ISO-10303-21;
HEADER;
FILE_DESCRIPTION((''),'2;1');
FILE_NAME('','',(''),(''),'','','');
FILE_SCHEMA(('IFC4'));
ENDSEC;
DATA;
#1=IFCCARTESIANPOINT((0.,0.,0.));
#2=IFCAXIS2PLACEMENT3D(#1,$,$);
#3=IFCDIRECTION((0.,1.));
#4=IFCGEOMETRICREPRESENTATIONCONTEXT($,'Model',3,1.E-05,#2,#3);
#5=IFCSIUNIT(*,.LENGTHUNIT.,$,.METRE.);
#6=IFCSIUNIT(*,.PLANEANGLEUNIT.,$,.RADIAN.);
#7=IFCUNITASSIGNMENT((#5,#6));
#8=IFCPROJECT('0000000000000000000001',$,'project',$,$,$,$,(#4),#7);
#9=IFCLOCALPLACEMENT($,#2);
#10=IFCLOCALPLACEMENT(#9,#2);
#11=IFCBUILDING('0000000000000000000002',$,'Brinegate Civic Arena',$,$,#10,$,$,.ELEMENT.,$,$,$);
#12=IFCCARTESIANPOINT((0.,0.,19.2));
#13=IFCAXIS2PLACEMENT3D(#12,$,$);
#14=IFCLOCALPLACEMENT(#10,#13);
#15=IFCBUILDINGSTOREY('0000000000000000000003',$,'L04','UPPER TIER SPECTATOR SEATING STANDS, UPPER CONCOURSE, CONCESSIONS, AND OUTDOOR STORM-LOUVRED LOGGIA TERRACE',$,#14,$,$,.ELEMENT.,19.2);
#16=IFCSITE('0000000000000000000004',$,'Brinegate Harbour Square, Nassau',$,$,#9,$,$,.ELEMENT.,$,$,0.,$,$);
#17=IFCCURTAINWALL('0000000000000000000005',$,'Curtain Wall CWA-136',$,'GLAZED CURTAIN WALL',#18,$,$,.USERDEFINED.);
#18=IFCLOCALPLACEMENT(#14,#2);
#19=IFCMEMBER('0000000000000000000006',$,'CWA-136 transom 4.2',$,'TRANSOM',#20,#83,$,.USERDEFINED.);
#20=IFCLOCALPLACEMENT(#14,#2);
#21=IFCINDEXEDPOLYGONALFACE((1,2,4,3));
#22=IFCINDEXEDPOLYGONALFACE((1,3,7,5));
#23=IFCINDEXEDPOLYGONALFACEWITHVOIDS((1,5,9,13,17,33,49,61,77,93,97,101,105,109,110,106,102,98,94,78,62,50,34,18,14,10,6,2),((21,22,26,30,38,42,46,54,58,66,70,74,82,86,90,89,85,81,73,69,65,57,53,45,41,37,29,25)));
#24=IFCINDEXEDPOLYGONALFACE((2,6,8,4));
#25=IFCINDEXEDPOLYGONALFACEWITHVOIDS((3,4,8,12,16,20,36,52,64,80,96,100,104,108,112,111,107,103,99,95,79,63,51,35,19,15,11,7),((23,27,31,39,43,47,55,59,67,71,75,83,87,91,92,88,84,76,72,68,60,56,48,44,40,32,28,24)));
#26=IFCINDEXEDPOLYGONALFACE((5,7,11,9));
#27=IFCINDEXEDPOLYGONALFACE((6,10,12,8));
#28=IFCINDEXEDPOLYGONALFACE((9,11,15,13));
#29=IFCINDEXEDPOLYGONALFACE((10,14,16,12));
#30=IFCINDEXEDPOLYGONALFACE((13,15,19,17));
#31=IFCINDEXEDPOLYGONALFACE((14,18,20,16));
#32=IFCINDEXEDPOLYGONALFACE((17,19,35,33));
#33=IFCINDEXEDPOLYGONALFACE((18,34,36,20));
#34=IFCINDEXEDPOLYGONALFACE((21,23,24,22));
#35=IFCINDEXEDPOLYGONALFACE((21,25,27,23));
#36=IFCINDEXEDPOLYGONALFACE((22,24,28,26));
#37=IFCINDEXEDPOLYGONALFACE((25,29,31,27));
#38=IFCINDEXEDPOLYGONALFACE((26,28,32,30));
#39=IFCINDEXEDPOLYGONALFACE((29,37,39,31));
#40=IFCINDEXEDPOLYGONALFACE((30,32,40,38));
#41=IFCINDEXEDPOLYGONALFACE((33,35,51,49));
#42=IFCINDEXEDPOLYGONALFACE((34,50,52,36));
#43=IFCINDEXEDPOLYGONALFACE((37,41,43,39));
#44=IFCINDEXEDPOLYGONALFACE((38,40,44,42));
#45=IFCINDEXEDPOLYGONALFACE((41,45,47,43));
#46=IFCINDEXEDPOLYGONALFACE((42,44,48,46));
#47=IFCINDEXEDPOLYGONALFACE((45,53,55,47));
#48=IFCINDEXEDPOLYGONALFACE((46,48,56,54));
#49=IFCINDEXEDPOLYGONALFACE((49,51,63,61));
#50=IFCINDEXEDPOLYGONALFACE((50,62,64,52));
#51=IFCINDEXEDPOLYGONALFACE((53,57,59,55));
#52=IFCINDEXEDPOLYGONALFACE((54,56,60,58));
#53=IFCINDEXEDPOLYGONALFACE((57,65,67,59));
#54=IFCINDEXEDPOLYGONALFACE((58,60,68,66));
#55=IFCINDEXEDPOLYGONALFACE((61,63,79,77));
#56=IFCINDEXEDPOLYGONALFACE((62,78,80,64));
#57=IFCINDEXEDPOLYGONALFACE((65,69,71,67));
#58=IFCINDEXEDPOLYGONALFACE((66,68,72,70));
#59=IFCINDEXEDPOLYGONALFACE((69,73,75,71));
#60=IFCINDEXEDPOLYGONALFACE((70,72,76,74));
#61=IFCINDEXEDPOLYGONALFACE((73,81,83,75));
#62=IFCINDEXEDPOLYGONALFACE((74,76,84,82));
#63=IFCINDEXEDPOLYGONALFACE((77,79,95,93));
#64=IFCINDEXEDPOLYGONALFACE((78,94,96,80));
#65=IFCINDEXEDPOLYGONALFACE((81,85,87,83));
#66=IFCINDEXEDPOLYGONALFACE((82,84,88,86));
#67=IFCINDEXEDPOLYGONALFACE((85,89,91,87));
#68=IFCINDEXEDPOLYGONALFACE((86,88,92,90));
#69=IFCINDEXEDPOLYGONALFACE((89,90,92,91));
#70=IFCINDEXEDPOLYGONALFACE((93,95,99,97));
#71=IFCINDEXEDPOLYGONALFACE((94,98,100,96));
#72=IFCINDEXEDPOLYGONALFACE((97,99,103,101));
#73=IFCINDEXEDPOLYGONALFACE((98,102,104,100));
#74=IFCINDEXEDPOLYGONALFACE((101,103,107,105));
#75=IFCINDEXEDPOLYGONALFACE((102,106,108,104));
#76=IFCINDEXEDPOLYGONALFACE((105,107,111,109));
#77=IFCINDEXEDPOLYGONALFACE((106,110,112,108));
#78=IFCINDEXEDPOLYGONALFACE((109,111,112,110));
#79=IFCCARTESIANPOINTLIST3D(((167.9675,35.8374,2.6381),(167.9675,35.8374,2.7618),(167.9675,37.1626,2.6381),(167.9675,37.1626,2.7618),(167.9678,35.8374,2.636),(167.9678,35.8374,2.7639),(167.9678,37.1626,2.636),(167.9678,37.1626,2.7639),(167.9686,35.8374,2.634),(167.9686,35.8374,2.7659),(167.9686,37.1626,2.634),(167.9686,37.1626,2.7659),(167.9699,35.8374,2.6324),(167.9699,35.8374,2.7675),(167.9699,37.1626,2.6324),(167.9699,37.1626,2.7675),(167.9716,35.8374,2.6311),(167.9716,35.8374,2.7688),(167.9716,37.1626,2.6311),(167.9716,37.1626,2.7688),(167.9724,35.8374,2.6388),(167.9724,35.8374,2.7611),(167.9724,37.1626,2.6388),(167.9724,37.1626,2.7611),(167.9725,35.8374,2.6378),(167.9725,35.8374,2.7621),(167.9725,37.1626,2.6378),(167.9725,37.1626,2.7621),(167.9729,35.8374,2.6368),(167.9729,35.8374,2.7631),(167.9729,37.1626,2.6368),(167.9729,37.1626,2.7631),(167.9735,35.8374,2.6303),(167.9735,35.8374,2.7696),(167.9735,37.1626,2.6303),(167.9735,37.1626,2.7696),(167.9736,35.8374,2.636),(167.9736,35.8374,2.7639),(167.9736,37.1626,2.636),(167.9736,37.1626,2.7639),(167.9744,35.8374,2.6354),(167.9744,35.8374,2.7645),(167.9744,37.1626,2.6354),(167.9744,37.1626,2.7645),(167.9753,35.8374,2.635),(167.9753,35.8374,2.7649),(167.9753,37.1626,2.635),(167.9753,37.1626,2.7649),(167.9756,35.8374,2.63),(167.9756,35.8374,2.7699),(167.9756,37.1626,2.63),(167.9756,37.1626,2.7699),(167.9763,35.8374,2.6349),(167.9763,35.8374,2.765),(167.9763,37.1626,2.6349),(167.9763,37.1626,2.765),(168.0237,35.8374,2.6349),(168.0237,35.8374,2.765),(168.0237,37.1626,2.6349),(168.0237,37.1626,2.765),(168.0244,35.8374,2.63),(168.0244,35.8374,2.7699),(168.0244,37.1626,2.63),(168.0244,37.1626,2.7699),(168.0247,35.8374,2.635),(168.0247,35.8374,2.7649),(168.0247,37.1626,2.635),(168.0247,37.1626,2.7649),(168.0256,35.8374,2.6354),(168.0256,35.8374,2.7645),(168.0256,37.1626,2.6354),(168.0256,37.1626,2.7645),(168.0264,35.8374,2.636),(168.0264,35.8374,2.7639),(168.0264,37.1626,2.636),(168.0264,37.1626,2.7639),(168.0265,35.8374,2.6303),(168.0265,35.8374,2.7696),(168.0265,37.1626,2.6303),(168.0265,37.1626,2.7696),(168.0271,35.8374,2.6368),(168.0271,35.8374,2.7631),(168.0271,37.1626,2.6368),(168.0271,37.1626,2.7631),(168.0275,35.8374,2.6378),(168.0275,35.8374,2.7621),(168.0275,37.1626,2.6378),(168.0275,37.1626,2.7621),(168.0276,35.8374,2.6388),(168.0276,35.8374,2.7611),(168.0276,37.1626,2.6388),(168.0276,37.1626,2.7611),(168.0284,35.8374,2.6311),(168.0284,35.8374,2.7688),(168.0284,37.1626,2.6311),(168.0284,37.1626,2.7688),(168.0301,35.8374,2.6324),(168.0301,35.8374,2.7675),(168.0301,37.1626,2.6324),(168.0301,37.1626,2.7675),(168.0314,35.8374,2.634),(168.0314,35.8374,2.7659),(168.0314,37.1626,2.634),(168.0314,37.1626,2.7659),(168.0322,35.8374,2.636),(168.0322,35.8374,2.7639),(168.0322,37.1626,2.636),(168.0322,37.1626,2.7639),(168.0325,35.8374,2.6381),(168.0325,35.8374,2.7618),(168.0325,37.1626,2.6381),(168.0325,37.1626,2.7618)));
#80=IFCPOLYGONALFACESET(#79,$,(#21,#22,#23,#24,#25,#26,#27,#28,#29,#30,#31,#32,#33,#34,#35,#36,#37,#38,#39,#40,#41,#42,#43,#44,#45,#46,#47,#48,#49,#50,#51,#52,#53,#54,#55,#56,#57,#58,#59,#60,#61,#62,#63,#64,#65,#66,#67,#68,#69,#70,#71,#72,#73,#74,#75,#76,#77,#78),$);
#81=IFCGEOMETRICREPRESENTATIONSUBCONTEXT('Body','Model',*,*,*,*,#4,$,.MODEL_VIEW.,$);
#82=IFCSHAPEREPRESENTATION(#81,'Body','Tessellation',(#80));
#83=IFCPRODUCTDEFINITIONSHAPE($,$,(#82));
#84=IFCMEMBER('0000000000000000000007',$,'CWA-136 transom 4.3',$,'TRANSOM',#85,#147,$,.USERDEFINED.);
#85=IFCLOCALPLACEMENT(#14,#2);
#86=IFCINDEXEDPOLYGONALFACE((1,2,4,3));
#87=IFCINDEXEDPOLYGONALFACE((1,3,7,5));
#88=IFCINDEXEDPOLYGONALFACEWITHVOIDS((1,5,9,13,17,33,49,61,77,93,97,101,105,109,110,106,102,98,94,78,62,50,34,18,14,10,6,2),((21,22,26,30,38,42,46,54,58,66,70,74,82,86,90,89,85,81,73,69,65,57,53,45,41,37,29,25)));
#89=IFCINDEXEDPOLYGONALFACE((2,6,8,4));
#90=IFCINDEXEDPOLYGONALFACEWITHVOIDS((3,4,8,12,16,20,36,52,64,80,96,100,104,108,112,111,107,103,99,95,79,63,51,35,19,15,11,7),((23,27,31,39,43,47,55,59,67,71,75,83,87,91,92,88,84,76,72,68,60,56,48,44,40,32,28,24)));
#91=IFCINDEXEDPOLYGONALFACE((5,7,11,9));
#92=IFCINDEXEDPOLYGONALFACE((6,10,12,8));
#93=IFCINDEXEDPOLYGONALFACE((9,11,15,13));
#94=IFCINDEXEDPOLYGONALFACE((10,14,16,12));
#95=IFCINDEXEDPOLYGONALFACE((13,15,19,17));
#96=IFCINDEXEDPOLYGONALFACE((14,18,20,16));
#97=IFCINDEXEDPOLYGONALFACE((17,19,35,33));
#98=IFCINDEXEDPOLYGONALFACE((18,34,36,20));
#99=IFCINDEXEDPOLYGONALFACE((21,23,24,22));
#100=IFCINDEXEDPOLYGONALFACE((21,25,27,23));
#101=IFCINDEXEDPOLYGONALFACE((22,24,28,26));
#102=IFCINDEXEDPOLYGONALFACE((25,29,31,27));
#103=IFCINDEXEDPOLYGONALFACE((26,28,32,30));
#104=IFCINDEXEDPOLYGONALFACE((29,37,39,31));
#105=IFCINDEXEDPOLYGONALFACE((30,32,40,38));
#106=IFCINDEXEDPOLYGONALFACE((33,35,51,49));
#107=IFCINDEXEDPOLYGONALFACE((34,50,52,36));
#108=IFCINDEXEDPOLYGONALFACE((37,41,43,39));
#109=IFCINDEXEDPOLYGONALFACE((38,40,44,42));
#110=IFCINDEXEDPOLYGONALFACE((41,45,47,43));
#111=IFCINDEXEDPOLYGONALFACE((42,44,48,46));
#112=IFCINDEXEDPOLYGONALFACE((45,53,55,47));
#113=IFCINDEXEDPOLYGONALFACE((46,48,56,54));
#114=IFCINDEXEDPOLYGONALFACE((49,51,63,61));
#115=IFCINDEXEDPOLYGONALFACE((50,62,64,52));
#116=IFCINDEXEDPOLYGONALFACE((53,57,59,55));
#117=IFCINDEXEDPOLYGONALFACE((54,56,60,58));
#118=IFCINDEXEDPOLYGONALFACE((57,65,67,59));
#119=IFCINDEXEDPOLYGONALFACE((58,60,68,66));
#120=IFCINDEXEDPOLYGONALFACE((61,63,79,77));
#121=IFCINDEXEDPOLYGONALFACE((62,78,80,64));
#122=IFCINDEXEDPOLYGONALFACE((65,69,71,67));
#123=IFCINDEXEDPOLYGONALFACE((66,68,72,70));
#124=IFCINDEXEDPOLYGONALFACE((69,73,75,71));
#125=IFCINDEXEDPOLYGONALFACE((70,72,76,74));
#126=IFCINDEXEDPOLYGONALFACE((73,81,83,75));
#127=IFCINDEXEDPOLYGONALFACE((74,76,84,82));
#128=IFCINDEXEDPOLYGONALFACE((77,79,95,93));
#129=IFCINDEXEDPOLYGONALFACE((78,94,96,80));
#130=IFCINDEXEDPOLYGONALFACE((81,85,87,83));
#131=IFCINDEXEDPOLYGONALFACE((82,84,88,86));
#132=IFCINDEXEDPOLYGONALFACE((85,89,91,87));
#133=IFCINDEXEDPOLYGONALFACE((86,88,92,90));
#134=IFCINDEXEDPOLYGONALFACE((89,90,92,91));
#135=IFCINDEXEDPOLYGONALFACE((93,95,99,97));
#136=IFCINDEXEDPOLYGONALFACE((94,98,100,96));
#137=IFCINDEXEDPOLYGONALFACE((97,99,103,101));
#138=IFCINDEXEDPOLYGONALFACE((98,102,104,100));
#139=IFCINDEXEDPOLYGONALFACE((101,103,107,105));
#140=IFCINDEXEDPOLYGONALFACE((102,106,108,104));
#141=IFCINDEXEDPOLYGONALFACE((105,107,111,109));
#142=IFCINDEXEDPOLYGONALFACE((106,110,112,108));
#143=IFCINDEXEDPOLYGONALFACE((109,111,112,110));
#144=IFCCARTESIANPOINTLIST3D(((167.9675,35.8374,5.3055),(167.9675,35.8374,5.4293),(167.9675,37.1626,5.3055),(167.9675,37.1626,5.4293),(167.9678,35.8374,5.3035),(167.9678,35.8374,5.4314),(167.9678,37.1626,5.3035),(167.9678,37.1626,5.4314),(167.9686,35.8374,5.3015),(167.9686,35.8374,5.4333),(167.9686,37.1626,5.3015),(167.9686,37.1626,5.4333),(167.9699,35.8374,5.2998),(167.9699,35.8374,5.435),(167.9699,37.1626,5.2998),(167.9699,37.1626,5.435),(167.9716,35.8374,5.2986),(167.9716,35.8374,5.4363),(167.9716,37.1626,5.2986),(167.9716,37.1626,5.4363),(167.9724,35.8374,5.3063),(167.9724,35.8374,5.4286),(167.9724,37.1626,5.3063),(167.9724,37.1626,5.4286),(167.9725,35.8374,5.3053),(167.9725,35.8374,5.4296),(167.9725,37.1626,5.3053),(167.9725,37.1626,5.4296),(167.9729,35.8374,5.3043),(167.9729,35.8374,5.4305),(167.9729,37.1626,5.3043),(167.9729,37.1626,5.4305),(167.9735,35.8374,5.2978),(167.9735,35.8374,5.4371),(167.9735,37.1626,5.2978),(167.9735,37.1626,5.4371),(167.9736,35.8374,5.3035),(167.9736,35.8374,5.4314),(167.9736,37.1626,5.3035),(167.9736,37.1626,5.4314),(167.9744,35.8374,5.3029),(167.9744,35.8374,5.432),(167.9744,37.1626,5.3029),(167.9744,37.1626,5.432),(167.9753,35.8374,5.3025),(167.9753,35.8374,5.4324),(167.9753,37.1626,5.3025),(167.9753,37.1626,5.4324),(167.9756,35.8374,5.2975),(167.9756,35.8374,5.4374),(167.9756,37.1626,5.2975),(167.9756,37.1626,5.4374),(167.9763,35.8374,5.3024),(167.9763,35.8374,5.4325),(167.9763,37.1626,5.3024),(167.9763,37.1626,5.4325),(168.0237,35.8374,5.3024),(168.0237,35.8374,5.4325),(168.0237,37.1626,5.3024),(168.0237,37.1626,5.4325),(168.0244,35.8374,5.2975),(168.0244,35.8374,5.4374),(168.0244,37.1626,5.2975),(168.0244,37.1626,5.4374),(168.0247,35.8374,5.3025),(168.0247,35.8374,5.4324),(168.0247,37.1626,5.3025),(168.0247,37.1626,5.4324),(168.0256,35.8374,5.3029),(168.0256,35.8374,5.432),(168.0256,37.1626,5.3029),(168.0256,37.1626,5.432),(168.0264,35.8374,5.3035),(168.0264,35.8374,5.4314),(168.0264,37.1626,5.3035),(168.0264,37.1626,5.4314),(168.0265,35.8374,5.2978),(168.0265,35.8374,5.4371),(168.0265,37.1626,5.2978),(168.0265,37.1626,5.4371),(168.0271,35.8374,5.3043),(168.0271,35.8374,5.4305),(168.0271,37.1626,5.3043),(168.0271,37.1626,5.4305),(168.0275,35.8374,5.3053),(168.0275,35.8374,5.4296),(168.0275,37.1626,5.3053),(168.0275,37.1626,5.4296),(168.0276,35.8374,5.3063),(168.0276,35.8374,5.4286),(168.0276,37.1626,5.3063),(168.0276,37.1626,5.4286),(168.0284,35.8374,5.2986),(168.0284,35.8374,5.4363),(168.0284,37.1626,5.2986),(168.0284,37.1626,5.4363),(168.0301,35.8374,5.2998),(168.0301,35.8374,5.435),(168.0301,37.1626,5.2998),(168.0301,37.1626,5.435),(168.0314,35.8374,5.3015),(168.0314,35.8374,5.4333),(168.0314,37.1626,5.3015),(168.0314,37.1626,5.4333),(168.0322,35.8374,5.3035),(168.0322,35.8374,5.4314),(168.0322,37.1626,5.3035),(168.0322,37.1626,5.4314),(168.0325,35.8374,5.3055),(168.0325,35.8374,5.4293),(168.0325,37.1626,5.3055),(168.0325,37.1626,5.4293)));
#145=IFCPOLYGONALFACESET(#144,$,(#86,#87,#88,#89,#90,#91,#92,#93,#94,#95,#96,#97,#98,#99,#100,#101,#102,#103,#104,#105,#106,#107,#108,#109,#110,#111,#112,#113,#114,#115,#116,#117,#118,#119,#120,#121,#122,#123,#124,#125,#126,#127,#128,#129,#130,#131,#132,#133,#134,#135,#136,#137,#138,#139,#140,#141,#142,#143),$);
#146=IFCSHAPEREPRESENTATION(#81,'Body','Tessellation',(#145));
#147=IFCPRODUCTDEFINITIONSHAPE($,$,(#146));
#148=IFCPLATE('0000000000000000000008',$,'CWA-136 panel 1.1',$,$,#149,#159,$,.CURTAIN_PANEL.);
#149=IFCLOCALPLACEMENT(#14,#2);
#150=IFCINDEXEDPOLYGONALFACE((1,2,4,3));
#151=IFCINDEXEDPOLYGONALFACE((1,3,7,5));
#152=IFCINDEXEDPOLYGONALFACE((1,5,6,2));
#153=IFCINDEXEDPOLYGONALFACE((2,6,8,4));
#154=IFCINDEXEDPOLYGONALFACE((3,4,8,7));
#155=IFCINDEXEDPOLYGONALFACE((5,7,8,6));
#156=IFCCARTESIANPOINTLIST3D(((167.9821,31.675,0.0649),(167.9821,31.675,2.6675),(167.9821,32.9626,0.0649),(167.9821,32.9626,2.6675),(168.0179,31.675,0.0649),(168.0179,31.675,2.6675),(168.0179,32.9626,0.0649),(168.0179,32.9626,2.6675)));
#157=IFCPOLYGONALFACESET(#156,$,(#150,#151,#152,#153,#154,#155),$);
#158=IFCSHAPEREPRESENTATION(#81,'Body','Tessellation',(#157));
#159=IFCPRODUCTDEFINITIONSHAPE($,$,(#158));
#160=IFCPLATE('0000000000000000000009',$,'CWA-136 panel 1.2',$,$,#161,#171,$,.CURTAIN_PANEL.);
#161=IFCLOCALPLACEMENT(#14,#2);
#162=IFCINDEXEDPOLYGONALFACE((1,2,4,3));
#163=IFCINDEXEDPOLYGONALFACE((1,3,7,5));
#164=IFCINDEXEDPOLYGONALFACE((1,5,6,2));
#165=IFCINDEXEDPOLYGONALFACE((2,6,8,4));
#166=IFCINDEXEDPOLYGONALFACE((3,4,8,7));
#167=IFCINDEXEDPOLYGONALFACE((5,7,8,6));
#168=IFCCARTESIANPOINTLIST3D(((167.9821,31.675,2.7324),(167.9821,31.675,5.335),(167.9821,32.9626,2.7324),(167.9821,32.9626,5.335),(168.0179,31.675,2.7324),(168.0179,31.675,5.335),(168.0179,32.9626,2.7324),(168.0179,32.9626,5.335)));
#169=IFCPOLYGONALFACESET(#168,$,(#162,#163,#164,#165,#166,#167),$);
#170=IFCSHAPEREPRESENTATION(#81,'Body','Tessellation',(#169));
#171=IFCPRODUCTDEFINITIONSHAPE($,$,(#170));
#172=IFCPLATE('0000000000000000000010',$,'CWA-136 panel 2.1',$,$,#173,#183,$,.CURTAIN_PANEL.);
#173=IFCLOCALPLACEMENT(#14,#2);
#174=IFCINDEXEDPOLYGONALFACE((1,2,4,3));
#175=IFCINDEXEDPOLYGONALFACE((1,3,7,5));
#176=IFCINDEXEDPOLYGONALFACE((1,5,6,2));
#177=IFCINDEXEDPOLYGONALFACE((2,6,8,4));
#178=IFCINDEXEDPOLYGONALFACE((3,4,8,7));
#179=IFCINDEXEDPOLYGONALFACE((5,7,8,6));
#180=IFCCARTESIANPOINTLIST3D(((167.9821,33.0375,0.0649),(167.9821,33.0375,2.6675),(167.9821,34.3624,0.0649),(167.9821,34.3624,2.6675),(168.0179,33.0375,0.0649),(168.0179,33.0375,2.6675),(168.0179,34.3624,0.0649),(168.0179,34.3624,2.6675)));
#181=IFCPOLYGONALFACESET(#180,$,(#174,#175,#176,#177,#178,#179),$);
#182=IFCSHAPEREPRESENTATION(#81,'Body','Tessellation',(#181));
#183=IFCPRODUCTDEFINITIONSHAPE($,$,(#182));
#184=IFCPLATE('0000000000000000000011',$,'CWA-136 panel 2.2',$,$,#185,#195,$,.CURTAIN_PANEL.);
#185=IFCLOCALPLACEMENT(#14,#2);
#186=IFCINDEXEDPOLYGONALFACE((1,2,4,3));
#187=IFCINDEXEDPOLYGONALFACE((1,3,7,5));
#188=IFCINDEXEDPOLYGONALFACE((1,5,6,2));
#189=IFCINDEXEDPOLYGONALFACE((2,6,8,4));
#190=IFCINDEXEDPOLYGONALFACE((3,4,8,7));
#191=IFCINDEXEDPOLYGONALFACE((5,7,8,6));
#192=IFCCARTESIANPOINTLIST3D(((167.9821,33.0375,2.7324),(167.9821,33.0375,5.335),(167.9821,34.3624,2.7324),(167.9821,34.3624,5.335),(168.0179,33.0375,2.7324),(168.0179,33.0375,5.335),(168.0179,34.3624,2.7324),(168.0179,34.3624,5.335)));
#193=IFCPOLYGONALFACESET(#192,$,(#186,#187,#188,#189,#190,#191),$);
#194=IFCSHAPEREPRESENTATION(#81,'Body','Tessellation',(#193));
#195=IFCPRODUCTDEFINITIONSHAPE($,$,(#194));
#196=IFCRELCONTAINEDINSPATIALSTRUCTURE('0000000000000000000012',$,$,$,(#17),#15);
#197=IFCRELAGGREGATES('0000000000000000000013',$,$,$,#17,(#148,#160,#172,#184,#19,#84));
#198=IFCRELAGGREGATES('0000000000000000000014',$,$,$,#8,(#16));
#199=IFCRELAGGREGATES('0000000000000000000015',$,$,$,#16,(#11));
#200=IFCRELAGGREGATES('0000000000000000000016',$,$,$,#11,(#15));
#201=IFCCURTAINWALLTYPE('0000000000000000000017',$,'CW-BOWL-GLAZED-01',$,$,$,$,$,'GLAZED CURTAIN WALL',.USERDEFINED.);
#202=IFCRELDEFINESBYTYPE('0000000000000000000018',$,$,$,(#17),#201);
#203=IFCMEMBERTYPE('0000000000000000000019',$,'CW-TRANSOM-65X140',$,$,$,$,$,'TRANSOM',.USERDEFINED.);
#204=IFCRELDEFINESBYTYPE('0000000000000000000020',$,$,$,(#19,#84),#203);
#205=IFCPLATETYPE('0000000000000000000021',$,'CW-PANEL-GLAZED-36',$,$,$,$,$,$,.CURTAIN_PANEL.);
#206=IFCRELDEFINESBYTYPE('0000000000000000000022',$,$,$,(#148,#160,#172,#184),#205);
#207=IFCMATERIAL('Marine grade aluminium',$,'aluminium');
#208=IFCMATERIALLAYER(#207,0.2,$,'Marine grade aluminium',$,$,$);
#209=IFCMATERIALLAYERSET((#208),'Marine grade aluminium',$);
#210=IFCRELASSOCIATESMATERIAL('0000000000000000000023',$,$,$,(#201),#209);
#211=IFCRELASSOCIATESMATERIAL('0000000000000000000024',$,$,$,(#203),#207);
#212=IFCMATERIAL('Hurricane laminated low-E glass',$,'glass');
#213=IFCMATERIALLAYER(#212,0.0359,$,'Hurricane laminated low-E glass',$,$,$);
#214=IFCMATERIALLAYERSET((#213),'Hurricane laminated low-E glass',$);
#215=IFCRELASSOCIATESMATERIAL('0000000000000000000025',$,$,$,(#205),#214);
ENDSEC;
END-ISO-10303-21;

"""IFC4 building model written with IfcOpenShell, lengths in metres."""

from ifc_helpers import new_model, si_unit, direction, frame, origin, origin_2d, place, context, subcontext, project, spatial, rectangle, hollow_rectangle, extrude, material, layer, layer_set, material_profile, profile_set, type_object, element, aggregate, save


model = new_model("IFC4")

# Units and contexts
model_context = context("Model", 3, precision=1e-05, world=origin(), true_north=direction((0.0, 1.0)))
body_context = subcontext(model_context, "Body", "Model", "MODEL_VIEW")
ifc_project = project(units=[si_unit("LENGTHUNIT", "METRE"), si_unit("PLANEANGLEUNIT", "RADIAN")], contexts=[model_context])

# Site, building, storey
site_placement = place(None, origin())
site = spatial("IfcSite", under=ifc_project, at=site_placement, Name="Brinegate Harbour Square, Nassau", CompositionType="ELEMENT", RefElevation=0.0)
building_placement = place(site_placement, origin())
building = spatial("IfcBuilding", under=site, at=building_placement, Name="Brinegate Civic Arena", CompositionType="ELEMENT")
storey_placement = place(building_placement, frame((0.0, 0.0, 19.2)))
storey = spatial("IfcBuildingStorey", under=building, at=storey_placement, Name="L04", Description="UPPER TIER SPECTATOR SEATING STANDS, UPPER CONCOURSE, CONCESSIONS, AND OUTDOOR STORM-LOUVRED LOGGIA TERRACE", CompositionType="ELEMENT", Elevation=19.2)

# Curtain wall, members, plates
ifc_material_1 = material(Name="Marine grade aluminium", Category="aluminium")
ifc_layer_1 = layer(ifc_material_1, 0.2, Name="Marine grade aluminium")
ifc_layer_set_1 = layer_set([ifc_layer_1], Name="Marine grade aluminium")
curtain_wall_type = type_object("IfcCurtainWallType", Name="CW-BOWL-GLAZED-01", ElementType="GLAZED CURTAIN WALL", PredefinedType="USERDEFINED", material=ifc_layer_set_1)
curtain_wall_placement = place(storey_placement, origin())
curtain_wall = element("IfcCurtainWall", 1, at=curtain_wall_placement, inside=storey, type_object=curtain_wall_type, Name="Curtain Wall CWA-136", ObjectType="GLAZED CURTAIN WALL", PredefinedType="USERDEFINED")
ifc_material_profile_1 = material_profile(ifc_material_1, hollow_rectangle(XDim=0.0649, YDim=0.1399, WallThickness=0.0049, InnerFilletRadius=0.0039, OuterFilletRadius=0.0081, at=origin_2d()), Name="TRN65X140")
ifc_profile_set_1 = profile_set([ifc_material_profile_1], Name="Marine grade aluminium")
member_type_1 = type_object("IfcMemberType", Name="CW-TRANSOM-65X140", ElementType="TRANSOM", PredefinedType="USERDEFINED", material=ifc_profile_set_1)
member_1_placement = place(storey_placement, frame((168.0, 35.8374, 2.7), z_axis=(0.0, 1.0, 0.0), x_axis=(-1.0, 0.0, 0.0)))
member_1 = element("IfcMember", 2, at=member_1_placement, type_object=member_type_1, Name="CWA-136 transom 4.2", ObjectType="TRANSOM", PredefinedType="USERDEFINED", context=body_context, shape_type="SweptSolid", body=[
    extrude(hollow_rectangle(XDim=0.0649, YDim=0.1399, WallThickness=0.0049, InnerFilletRadius=0.0039, OuterFilletRadius=0.0081, at=origin_2d()), origin(), (0.0, 0.0, 1.0), 1.3252),
])
member_2_placement = place(storey_placement, frame((168.0, 35.8374, 5.3674), z_axis=(0.0, 1.0, 0.0), x_axis=(-1.0, 0.0, 0.0)))
member_2 = element("IfcMember", 3, at=member_2_placement, type_object=member_type_1, Name="CWA-136 transom 4.3", ObjectType="TRANSOM", PredefinedType="USERDEFINED", context=body_context, shape_type="SweptSolid", body=[
    extrude(hollow_rectangle(XDim=0.0649, YDim=0.1399, WallThickness=0.0049, InnerFilletRadius=0.0039, OuterFilletRadius=0.0081, at=origin_2d()), origin(), (0.0, 0.0, 1.0), 1.3252),
])
ifc_material_2 = material(Name="Hurricane laminated low-E glass", Category="glass")
ifc_layer_2 = layer(ifc_material_2, 0.0359, Name="Hurricane laminated low-E glass")
ifc_layer_set_2 = layer_set([ifc_layer_2], Name="Hurricane laminated low-E glass")
plate_type = type_object("IfcPlateType", Name="CW-PANEL-GLAZED-36", PredefinedType="CURTAIN_PANEL", material=ifc_layer_set_2)
plate_1_placement = place(storey_placement, frame((168.0, 32.3188, 0.0649), z_axis=(0.0, 0.0, 1.0), x_axis=(0.0, 1.0, 0.0)))
plate_1 = element("IfcPlate", 4, at=plate_1_placement, type_object=plate_type, Name="CWA-136 panel 1.1", PredefinedType="CURTAIN_PANEL", context=body_context, shape_type="SweptSolid", body=[
    extrude(rectangle(XDim=1.2876, YDim=0.0359, at=origin_2d()), origin(), (0.0, 0.0, 1.0), 2.6025),
])
plate_2_placement = place(storey_placement, frame((168.0, 32.3188, 2.7324), z_axis=(0.0, 0.0, 1.0), x_axis=(0.0, 1.0, 0.0)))
plate_2 = element("IfcPlate", 5, at=plate_2_placement, type_object=plate_type, Name="CWA-136 panel 1.2", PredefinedType="CURTAIN_PANEL", context=body_context, shape_type="SweptSolid", body=[
    extrude(rectangle(XDim=1.2876, YDim=0.0359, at=origin_2d()), origin(), (0.0, 0.0, 1.0), 2.6025),
])
plate_3_placement = place(storey_placement, frame((168.0, 33.7, 0.0649), z_axis=(0.0, 0.0, 1.0), x_axis=(0.0, 1.0, 0.0)))
plate_3 = element("IfcPlate", 6, at=plate_3_placement, type_object=plate_type, Name="CWA-136 panel 2.1", PredefinedType="CURTAIN_PANEL", context=body_context, shape_type="SweptSolid", body=[
    extrude(rectangle(XDim=1.325, YDim=0.0359, at=origin_2d()), origin(), (0.0, 0.0, 1.0), 2.6025),
])
plate_4_placement = place(storey_placement, frame((168.0, 33.7, 2.7324), z_axis=(0.0, 0.0, 1.0), x_axis=(0.0, 1.0, 0.0)))
plate_4 = element("IfcPlate", 7, at=plate_4_placement, type_object=plate_type, Name="CWA-136 panel 2.2", PredefinedType="CURTAIN_PANEL", context=body_context, shape_type="SweptSolid", body=[
    extrude(rectangle(XDim=1.325, YDim=0.0359, at=origin_2d()), origin(), (0.0, 0.0, 1.0), 2.6025),
])
aggregate(curtain_wall, [plate_1, plate_2, plate_3, plate_4, member_1, member_2])

save(model, "model.ifc")
